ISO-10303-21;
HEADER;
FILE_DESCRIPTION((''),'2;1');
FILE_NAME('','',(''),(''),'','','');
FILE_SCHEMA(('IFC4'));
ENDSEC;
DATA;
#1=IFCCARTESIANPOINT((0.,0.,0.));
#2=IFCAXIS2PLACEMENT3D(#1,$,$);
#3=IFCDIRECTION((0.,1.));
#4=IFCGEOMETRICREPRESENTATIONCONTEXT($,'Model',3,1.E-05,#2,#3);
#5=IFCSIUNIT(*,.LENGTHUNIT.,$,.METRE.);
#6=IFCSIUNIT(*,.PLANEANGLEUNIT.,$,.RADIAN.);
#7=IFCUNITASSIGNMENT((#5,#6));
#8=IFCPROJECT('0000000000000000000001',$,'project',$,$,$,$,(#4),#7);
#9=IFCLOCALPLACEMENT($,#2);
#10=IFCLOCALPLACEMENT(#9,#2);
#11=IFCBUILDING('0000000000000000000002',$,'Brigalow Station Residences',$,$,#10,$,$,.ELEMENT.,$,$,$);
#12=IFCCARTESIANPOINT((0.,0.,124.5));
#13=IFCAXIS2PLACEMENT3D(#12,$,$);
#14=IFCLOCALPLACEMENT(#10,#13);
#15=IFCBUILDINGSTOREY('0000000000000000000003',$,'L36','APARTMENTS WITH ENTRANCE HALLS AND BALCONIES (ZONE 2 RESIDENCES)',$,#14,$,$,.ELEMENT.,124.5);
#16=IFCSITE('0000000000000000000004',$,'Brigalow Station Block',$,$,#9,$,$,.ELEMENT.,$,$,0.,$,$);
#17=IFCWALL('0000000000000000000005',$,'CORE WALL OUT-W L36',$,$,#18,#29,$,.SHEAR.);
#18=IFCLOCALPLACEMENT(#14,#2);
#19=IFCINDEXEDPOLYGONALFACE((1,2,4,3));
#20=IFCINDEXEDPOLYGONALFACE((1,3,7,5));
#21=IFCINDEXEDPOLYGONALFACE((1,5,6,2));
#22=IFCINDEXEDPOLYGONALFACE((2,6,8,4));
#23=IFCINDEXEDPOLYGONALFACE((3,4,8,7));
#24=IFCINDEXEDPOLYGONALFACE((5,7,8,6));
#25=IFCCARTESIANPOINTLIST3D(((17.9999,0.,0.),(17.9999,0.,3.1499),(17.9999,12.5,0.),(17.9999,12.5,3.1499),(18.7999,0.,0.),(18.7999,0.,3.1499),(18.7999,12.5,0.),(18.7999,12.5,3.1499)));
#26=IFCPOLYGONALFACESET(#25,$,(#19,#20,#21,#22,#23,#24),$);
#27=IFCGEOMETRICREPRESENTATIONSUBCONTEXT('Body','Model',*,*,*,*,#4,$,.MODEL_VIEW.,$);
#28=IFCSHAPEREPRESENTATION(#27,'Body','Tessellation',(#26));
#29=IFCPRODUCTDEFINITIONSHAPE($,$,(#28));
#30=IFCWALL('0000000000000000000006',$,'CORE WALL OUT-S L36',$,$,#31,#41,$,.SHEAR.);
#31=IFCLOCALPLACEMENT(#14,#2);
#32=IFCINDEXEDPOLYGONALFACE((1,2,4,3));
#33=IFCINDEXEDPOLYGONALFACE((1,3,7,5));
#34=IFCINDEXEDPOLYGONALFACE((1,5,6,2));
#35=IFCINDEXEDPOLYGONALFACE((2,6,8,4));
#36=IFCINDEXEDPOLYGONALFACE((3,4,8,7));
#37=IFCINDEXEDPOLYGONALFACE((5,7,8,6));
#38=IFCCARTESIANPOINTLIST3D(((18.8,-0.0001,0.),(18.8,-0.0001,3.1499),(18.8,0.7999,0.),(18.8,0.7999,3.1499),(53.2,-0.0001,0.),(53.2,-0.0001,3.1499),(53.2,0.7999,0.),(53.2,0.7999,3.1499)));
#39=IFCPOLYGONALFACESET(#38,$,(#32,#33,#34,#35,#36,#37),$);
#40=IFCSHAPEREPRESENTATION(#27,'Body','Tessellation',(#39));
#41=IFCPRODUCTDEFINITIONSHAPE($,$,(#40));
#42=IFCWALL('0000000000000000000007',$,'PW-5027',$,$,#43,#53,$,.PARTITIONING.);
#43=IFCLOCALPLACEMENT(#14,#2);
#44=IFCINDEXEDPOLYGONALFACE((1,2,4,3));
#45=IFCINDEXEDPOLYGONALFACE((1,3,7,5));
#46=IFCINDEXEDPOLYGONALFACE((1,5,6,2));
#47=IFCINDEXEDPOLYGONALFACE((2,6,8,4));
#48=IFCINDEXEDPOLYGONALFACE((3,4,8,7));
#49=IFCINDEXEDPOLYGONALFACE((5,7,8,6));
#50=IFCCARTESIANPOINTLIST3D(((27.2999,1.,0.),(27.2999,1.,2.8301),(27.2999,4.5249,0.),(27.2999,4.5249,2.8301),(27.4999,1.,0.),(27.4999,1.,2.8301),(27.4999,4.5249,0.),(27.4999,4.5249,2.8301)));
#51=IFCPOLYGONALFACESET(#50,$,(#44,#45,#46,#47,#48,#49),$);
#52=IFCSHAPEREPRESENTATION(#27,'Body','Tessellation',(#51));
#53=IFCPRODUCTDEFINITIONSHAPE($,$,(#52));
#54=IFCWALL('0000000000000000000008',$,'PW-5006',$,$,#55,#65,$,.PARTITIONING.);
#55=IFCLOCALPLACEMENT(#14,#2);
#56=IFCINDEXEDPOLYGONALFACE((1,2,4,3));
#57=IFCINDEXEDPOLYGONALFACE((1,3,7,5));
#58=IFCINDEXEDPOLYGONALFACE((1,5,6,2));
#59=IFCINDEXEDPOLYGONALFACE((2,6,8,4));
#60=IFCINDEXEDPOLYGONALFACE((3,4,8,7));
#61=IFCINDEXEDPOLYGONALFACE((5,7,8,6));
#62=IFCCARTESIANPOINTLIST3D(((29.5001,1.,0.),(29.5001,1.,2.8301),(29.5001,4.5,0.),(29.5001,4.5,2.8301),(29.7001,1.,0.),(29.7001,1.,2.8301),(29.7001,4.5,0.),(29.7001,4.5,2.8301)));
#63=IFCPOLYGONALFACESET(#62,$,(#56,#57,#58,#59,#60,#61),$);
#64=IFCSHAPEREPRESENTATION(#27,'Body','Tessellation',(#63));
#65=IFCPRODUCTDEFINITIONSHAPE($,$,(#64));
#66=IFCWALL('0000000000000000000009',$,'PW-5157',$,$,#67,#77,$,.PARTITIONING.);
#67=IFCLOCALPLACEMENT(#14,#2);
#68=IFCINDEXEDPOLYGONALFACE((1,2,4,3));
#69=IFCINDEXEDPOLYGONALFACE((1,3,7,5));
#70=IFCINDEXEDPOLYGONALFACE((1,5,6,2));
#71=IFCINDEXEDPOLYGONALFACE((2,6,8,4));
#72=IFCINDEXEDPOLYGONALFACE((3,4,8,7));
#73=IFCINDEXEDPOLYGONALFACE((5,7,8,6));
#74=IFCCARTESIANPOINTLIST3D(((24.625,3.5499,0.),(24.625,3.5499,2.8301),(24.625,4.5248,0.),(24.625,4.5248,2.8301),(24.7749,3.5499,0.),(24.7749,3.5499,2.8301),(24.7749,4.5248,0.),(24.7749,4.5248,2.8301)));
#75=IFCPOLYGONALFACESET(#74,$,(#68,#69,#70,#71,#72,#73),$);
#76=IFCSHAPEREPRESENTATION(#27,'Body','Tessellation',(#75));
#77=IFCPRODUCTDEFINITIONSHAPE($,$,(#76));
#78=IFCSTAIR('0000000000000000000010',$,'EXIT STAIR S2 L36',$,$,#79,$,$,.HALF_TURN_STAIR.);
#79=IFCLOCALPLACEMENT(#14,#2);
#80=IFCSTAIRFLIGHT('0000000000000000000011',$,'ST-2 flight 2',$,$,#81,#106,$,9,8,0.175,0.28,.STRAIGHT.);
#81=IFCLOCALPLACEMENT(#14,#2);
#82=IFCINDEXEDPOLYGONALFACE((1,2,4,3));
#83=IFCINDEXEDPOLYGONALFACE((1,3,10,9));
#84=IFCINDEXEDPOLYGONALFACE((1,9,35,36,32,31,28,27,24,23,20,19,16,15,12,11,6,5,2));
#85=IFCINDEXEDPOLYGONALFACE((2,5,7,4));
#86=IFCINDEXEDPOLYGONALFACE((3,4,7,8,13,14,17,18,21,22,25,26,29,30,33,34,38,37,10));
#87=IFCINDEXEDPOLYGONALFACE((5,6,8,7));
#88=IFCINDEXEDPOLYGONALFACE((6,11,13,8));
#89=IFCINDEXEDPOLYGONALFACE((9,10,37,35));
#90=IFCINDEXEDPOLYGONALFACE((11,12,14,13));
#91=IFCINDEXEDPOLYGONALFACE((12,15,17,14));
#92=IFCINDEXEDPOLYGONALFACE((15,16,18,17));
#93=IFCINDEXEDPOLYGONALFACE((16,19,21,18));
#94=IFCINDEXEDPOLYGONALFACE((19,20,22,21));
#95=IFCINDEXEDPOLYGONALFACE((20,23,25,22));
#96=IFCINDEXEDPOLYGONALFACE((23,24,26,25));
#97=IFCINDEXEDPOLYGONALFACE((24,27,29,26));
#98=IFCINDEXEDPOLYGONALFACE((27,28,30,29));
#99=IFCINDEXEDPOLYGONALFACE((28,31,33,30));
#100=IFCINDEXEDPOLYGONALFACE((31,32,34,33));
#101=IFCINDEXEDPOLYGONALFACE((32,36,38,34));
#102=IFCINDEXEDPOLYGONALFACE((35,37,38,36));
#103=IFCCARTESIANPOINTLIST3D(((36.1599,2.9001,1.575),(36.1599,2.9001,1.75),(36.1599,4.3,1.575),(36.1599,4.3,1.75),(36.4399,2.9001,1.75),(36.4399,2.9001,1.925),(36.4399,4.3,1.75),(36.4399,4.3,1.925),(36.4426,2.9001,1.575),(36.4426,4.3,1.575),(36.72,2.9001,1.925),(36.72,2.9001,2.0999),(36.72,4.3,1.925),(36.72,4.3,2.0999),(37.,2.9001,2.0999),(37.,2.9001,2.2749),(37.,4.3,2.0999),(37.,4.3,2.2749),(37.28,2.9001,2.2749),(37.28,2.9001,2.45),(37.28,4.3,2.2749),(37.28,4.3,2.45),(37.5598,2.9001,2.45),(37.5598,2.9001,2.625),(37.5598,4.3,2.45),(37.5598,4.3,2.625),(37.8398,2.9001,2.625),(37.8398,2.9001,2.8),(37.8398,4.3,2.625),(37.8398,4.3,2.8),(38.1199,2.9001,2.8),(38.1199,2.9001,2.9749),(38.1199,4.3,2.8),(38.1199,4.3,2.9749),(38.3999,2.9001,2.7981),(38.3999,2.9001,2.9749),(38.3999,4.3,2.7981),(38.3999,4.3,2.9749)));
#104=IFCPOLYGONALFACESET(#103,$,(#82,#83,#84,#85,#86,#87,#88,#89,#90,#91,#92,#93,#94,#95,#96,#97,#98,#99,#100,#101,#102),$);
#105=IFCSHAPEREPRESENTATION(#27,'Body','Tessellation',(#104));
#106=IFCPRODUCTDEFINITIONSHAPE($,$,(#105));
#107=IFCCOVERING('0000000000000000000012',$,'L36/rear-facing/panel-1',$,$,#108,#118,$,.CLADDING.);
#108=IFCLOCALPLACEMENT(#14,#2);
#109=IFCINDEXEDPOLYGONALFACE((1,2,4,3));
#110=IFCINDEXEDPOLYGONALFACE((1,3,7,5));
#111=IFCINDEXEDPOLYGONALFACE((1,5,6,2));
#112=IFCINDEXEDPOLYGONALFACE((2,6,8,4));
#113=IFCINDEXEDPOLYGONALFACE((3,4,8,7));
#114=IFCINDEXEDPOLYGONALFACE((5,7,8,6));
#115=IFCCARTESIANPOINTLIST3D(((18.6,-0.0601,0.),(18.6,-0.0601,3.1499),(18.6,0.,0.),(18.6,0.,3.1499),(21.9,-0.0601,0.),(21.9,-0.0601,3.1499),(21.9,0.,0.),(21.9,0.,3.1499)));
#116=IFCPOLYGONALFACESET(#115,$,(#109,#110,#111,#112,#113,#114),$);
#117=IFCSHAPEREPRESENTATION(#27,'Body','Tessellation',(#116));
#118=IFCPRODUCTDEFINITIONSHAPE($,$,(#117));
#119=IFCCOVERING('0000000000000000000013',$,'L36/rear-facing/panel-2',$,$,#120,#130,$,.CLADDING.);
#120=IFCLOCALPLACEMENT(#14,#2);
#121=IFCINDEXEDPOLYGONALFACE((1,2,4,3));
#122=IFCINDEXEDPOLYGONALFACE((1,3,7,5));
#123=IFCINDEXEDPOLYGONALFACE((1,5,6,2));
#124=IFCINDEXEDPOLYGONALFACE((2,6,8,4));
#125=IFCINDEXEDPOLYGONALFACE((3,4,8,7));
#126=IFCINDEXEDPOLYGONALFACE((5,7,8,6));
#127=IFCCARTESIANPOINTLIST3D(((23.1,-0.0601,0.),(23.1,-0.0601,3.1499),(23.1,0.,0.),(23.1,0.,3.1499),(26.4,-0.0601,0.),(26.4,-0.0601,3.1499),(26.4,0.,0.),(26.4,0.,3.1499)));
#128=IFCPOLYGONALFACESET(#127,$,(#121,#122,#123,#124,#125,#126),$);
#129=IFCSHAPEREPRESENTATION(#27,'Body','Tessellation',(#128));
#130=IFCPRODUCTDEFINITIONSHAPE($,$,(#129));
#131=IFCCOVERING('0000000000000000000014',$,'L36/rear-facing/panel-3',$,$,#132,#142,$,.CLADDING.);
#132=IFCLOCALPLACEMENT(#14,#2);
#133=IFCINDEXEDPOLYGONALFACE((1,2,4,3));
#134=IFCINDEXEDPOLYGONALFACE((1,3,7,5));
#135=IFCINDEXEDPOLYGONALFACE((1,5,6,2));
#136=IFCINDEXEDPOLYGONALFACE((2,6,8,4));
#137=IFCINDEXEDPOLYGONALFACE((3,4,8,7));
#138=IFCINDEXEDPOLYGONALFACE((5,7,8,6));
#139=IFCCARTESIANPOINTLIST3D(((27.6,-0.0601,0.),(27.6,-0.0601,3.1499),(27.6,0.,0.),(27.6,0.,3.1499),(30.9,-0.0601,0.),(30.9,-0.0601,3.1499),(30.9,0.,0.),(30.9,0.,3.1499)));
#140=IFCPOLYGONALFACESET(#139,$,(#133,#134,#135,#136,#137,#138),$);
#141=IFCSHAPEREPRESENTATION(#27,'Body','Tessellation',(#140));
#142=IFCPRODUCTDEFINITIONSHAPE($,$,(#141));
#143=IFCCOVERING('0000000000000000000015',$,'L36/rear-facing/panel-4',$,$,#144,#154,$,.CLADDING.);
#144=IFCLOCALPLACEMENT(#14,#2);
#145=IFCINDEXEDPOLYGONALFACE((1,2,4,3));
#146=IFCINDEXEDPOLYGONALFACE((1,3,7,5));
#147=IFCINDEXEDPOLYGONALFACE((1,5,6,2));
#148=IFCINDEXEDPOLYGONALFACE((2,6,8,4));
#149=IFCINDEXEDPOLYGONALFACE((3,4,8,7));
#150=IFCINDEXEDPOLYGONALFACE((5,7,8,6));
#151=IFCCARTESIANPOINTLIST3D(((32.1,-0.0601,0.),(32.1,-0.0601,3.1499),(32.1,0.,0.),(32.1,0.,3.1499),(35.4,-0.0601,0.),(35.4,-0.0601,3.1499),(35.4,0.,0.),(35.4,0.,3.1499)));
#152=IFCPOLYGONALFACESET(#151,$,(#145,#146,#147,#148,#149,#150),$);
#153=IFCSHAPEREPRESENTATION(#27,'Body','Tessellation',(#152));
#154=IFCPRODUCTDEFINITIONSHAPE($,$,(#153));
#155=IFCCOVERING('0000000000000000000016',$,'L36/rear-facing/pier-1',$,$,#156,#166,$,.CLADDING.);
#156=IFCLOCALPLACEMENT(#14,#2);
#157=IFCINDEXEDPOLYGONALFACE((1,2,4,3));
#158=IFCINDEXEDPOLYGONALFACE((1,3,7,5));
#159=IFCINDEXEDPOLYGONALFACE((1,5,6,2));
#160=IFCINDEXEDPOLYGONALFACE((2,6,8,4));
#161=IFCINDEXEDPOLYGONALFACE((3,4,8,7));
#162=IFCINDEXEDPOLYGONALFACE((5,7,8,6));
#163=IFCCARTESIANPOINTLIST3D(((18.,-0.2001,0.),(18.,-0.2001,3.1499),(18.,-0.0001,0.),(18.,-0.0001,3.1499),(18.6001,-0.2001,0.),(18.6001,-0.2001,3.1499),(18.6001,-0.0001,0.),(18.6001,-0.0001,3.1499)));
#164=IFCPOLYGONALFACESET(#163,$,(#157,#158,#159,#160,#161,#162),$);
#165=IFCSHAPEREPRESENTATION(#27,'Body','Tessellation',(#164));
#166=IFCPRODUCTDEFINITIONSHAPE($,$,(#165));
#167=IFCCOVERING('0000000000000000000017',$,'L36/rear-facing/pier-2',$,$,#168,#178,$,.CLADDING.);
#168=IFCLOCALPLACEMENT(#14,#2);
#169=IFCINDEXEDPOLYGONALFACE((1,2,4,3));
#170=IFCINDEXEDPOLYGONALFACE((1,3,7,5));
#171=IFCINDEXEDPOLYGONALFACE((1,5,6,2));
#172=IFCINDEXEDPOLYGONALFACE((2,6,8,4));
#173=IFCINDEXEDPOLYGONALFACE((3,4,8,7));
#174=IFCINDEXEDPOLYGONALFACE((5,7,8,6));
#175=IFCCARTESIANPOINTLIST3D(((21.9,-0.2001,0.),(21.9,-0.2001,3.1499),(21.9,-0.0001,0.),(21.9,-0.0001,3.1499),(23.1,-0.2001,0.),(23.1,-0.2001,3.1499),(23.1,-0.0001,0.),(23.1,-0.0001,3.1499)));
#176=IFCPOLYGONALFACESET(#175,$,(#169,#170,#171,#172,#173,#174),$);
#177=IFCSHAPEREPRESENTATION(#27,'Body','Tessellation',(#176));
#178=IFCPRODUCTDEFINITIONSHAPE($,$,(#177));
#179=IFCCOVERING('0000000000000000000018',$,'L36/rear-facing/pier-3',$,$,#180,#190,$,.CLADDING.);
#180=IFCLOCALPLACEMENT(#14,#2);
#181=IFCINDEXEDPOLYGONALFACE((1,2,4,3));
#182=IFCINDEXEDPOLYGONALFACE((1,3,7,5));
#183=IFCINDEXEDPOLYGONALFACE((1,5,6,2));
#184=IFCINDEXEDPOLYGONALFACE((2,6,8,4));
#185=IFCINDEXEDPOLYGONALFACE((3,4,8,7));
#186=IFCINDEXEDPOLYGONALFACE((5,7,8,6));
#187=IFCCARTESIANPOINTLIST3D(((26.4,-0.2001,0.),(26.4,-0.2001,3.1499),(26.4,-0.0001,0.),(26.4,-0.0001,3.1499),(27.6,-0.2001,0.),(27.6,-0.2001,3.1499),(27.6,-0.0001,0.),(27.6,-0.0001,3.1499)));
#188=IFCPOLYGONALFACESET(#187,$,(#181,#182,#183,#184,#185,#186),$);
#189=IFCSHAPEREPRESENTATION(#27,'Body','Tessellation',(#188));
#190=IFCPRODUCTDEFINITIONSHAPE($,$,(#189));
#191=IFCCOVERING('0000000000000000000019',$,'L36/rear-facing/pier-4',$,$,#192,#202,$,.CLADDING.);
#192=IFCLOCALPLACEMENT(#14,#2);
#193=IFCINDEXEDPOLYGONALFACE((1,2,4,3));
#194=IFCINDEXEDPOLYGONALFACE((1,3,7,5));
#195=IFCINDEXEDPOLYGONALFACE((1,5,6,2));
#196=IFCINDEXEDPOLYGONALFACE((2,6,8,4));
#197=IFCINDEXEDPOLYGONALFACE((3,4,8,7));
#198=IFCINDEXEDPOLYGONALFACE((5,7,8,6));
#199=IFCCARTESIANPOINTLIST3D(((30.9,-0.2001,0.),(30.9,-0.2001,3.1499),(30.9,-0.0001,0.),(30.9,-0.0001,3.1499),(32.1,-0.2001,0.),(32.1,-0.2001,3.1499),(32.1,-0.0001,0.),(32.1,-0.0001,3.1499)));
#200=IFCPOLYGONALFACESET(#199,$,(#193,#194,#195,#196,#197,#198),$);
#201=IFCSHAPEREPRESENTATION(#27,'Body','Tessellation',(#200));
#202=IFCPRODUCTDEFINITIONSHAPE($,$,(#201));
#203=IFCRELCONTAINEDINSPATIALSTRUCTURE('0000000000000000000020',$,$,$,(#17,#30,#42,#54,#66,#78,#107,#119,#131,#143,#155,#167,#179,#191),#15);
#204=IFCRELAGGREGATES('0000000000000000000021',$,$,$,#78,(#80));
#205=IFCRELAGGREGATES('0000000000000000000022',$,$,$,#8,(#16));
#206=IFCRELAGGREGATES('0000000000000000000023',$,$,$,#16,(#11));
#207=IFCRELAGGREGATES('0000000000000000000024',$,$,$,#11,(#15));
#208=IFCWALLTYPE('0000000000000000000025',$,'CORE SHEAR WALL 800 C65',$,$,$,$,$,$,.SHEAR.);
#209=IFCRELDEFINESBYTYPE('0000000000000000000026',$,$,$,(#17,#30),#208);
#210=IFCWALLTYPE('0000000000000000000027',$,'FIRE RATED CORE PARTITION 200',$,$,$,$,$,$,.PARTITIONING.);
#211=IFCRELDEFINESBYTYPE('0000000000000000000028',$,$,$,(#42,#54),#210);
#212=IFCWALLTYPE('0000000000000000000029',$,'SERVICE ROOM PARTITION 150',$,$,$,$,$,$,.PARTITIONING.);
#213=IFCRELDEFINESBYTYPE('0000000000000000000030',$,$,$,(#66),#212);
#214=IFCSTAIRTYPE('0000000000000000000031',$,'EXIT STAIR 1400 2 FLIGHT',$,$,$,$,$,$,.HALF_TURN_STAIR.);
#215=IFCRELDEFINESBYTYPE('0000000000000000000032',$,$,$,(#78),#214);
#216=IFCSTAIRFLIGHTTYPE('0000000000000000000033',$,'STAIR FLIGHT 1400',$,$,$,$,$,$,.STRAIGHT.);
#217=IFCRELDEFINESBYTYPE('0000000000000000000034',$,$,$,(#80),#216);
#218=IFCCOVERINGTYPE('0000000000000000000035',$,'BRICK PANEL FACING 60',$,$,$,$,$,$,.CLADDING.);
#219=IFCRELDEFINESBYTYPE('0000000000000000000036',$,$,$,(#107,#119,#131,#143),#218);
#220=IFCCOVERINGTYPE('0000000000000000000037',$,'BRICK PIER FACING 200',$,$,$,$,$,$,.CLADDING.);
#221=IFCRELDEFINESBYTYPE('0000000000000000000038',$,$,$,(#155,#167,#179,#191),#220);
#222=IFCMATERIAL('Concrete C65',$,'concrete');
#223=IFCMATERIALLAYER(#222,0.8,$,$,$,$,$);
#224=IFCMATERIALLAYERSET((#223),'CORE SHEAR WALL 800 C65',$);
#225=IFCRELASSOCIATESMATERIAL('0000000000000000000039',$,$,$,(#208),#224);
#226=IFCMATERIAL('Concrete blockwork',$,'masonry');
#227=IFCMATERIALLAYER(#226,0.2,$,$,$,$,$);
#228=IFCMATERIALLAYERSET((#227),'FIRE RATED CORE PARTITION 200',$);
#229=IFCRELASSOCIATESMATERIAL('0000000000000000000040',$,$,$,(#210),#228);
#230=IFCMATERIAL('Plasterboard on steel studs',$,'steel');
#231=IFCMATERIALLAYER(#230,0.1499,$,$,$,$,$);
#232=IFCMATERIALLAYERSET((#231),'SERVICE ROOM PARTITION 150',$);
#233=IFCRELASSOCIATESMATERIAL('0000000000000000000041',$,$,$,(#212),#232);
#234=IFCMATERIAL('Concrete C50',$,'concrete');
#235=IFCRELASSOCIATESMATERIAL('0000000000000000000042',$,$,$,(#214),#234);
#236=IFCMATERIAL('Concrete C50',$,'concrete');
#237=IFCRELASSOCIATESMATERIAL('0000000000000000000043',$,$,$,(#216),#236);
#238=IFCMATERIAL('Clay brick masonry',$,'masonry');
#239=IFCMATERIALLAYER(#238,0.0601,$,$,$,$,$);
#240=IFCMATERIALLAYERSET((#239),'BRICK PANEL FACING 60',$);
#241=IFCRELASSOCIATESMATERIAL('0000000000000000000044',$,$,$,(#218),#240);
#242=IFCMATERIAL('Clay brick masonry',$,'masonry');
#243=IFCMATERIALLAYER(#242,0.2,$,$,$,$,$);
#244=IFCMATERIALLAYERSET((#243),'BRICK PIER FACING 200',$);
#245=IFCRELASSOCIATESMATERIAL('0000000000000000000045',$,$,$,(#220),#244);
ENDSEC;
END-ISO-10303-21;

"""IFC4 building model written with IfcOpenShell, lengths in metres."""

from ifc_helpers import new_model, si_unit, direction, frame, frame_2d, origin, origin_2d, place, context, subcontext, project, spatial, polyline, rectangle, outline, extrude, material, layer, layer_set, type_object, element, aggregate, save


model = new_model("IFC4")

# Units and contexts
model_context = context("Model", 3, precision=1e-05, world=origin(), true_north=direction((0.0, 1.0)))
body_context = subcontext(model_context, "Body", "Model", "MODEL_VIEW")
ifc_project = project(units=[si_unit("LENGTHUNIT", "METRE"), si_unit("PLANEANGLEUNIT", "RADIAN")], contexts=[model_context])

# Site, building, storey
site_placement = place(None, origin())
site = spatial("IfcSite", under=ifc_project, at=site_placement, Name="Brigalow Station Block", CompositionType="ELEMENT", RefElevation=0.0)
building_placement = place(site_placement, origin())
building = spatial("IfcBuilding", under=site, at=building_placement, Name="Brigalow Station Residences", CompositionType="ELEMENT")
storey_placement = place(building_placement, frame((0.0, 0.0, 124.5)))
storey = spatial("IfcBuildingStorey", under=building, at=storey_placement, Name="L36", Description="APARTMENTS WITH ENTRANCE HALLS AND BALCONIES (ZONE 2 RESIDENCES)", CompositionType="ELEMENT", Elevation=124.5)

# Walls
ifc_material_1 = material(Name="Concrete C65", Category="concrete")
ifc_layer_1 = layer(ifc_material_1, 0.8)
ifc_layer_set_1 = layer_set([ifc_layer_1], Name="CORE SHEAR WALL 800 C65")
wall_type_1 = type_object("IfcWallType", Name="CORE SHEAR WALL 800 C65", PredefinedType="SHEAR", material=ifc_layer_set_1)
wall_1_placement = place(storey_placement, frame((18.3999, 0.0, 0.0), z_axis=(0.0, 0.0, 1.0), x_axis=(0.0, 1.0, 0.0)))
element("IfcWall", 1, at=wall_1_placement, inside=storey, type_object=wall_type_1, Name="CORE WALL OUT-W L36", PredefinedType="SHEAR", context=body_context, shape_type="SweptSolid", body=[
    extrude(rectangle(XDim=12.5, YDim=0.8, at=frame_2d((6.25, 0.0))), origin(), (0.0, 0.0, 1.0), 3.1499),
])
wall_2_placement = place(storey_placement, frame((18.8, 0.3999, 0.0), z_axis=(0.0, 0.0, 1.0), x_axis=(1.0, 0.0, 0.0)))
element("IfcWall", 2, at=wall_2_placement, inside=storey, type_object=wall_type_1, Name="CORE WALL OUT-S L36", PredefinedType="SHEAR", context=body_context, shape_type="SweptSolid", body=[
    extrude(rectangle(XDim=34.3999, YDim=0.8, at=frame_2d((17.2, 0.0))), origin(), (0.0, 0.0, 1.0), 3.1499),
])
ifc_material_2 = material(Name="Concrete blockwork", Category="masonry")
ifc_layer_2 = layer(ifc_material_2, 0.2)
ifc_layer_set_2 = layer_set([ifc_layer_2], Name="FIRE RATED CORE PARTITION 200")
wall_type_2 = type_object("IfcWallType", Name="FIRE RATED CORE PARTITION 200", PredefinedType="PARTITIONING", material=ifc_layer_set_2)
wall_3_placement = place(storey_placement, frame((27.3999, 1.0, 0.0), z_axis=(0.0, 0.0, 1.0), x_axis=(0.0, 1.0, 0.0)))
element("IfcWall", 3, at=wall_3_placement, inside=storey, type_object=wall_type_2, Name="PW-5027", PredefinedType="PARTITIONING", context=body_context, shape_type="SweptSolid", body=[
    extrude(rectangle(XDim=3.5249, YDim=0.2, at=frame_2d((1.7625, 0.0))), origin(), (0.0, 0.0, 1.0), 2.8301),
])
wall_4_placement = place(storey_placement, frame((29.6001, 1.0, 0.0), z_axis=(0.0, 0.0, 1.0), x_axis=(0.0, 1.0, 0.0)))
element("IfcWall", 4, at=wall_4_placement, inside=storey, type_object=wall_type_2, Name="PW-5006", PredefinedType="PARTITIONING", context=body_context, shape_type="SweptSolid", body=[
    extrude(rectangle(XDim=3.5, YDim=0.2, at=frame_2d((1.75, 0.0))), origin(), (0.0, 0.0, 1.0), 2.8301),
])
ifc_material_3 = material(Name="Plasterboard on steel studs", Category="steel")
ifc_layer_3 = layer(ifc_material_3, 0.1499)
ifc_layer_set_3 = layer_set([ifc_layer_3], Name="SERVICE ROOM PARTITION 150")
wall_type_3 = type_object("IfcWallType", Name="SERVICE ROOM PARTITION 150", PredefinedType="PARTITIONING", material=ifc_layer_set_3)
wall_5_placement = place(storey_placement, frame((24.7, 3.55, 0.0), z_axis=(0.0, 0.0, 1.0), x_axis=(0.0, 1.0, 0.0)))
element("IfcWall", 5, at=wall_5_placement, inside=storey, type_object=wall_type_3, Name="PW-5157", PredefinedType="PARTITIONING", context=body_context, shape_type="SweptSolid", body=[
    extrude(rectangle(XDim=0.9749, YDim=0.1499, at=frame_2d((0.4873, 0.0))), origin(), (0.0, 0.0, 1.0), 2.8301),
])

# Stair, stair flight
ifc_material_4 = material(Name="Concrete C50", Category="concrete")
stair_type = type_object("IfcStairType", Name="EXIT STAIR 1400 2 FLIGHT", PredefinedType="HALF_TURN_STAIR", material=ifc_material_4)
stair_placement = place(storey_placement, origin())
stair = element("IfcStair", 6, at=stair_placement, inside=storey, type_object=stair_type, Name="EXIT STAIR S2 L36", PredefinedType="HALF_TURN_STAIR")
ifc_material_5 = material(Name="Concrete C50", Category="concrete")
stair_flight_type = type_object("IfcStairFlightType", Name="STAIR FLIGHT 1400", PredefinedType="STRAIGHT", material=ifc_material_5)
stair_flight_placement = place(storey_placement, frame((36.1599, 3.6001, 1.575), z_axis=(0.0, 0.0, 1.0), x_axis=(1.0, 0.0, 0.0)))
stair_flight = element("IfcStairFlight", 7, at=stair_flight_placement, type_object=stair_flight_type, Name="ST-2 flight 2", NumberOfRisers=9, NumberOfTreads=8, PredefinedType="STRAIGHT", RiserHeight=0.175, TreadLength=0.28, context=body_context, shape_type="SweptSolid", body=[
    extrude(outline(polyline([(0.0, 0.0), (0.0, 0.175), (0.28, 0.175), (0.28, 0.3501), (0.5601, 0.3501), (0.5601, 0.5249), (0.8401, 0.5249), (0.8401, 0.7), (1.1201, 0.7), (1.1201, 0.875), (1.3999, 0.875), (1.3999, 1.05), (1.6799, 1.05), (1.6799, 1.2251), (1.96, 1.2251), (1.96, 1.3999), (2.24, 1.3999), (2.24, 1.575), (2.24, 1.2231), (0.2827, 0.0), (0.0, 0.0)])), frame((0.0, 0.7, 0.0), z_axis=(0.0, -1.0, 0.0), x_axis=(1.0, 0.0, 0.0)), (0.0, 0.0, 1.0), 1.3999),
])
aggregate(stair, [stair_flight])

# Coverings
ifc_material_6 = material(Name="Clay brick masonry", Category="masonry")
ifc_layer_4 = layer(ifc_material_6, 0.0601)
ifc_layer_set_4 = layer_set([ifc_layer_4], Name="BRICK PANEL FACING 60")
covering_type_1 = type_object("IfcCoveringType", Name="BRICK PANEL FACING 60", PredefinedType="CLADDING", material=ifc_layer_set_4)
for number, where, z_axis, x_axis, name in (
    (8, (20.25, -0.03, 0.0), (0.0, 0.0, 1.0), (1.0, 0.0, 0.0), "L36/rear-facing/panel-1"),
    (9, (24.75, -0.03, 0.0), (0.0, 0.0, 1.0), (1.0, 0.0, 0.0), "L36/rear-facing/panel-2"),
    (10, (29.25, -0.03, 0.0), (0.0, 0.0, 1.0), (1.0, 0.0, 0.0), "L36/rear-facing/panel-3"),
    (11, (33.75, -0.03, 0.0), (0.0, 0.0, 1.0), (1.0, 0.0, 0.0), "L36/rear-facing/panel-4"),
):
    element("IfcCovering", number, at=place(storey_placement, frame(where, z_axis=z_axis, x_axis=x_axis)), inside=storey, type_object=covering_type_1, Name=name, PredefinedType="CLADDING", context=body_context, shape_type="SweptSolid", body=[
        extrude(rectangle(XDim=3.3, YDim=0.0601, at=origin_2d()), origin(), (0.0, 0.0, 1.0), 3.1499),
    ])
ifc_material_7 = material(Name="Clay brick masonry", Category="masonry")
ifc_layer_5 = layer(ifc_material_7, 0.2)
ifc_layer_set_5 = layer_set([ifc_layer_5], Name="BRICK PIER FACING 200")
covering_type_2 = type_object("IfcCoveringType", Name="BRICK PIER FACING 200", PredefinedType="CLADDING", material=ifc_layer_set_5)
covering_placement = place(storey_placement, frame((18.3, -0.1001, 0.0), z_axis=(0.0, 0.0, 1.0), x_axis=(1.0, 0.0, 0.0)))
element("IfcCovering", 12, at=covering_placement, inside=storey, type_object=covering_type_2, Name="L36/rear-facing/pier-1", PredefinedType="CLADDING", context=body_context, shape_type="SweptSolid", body=[
    extrude(rectangle(XDim=0.6001, YDim=0.2, at=origin_2d()), origin(), (0.0, 0.0, 1.0), 3.1499),
])
for number, where, z_axis, x_axis, name in (
    (13, (22.5, -0.1001, 0.0), (0.0, 0.0, 1.0), (1.0, 0.0, 0.0), "L36/rear-facing/pier-2"),
    (14, (27.0, -0.1001, 0.0), (0.0, 0.0, 1.0), (1.0, 0.0, 0.0), "L36/rear-facing/pier-3"),
    (15, (31.5, -0.1001, 0.0), (0.0, 0.0, 1.0), (1.0, 0.0, 0.0), "L36/rear-facing/pier-4"),
):
    element("IfcCovering", number, at=place(storey_placement, frame(where, z_axis=z_axis, x_axis=x_axis)), inside=storey, type_object=covering_type_2, Name=name, PredefinedType="CLADDING", context=body_context, shape_type="SweptSolid", body=[
        extrude(rectangle(XDim=1.2, YDim=0.2, at=origin_2d()), origin(), (0.0, 0.0, 1.0), 3.1499),
    ])

save(model, "model.ifc")
